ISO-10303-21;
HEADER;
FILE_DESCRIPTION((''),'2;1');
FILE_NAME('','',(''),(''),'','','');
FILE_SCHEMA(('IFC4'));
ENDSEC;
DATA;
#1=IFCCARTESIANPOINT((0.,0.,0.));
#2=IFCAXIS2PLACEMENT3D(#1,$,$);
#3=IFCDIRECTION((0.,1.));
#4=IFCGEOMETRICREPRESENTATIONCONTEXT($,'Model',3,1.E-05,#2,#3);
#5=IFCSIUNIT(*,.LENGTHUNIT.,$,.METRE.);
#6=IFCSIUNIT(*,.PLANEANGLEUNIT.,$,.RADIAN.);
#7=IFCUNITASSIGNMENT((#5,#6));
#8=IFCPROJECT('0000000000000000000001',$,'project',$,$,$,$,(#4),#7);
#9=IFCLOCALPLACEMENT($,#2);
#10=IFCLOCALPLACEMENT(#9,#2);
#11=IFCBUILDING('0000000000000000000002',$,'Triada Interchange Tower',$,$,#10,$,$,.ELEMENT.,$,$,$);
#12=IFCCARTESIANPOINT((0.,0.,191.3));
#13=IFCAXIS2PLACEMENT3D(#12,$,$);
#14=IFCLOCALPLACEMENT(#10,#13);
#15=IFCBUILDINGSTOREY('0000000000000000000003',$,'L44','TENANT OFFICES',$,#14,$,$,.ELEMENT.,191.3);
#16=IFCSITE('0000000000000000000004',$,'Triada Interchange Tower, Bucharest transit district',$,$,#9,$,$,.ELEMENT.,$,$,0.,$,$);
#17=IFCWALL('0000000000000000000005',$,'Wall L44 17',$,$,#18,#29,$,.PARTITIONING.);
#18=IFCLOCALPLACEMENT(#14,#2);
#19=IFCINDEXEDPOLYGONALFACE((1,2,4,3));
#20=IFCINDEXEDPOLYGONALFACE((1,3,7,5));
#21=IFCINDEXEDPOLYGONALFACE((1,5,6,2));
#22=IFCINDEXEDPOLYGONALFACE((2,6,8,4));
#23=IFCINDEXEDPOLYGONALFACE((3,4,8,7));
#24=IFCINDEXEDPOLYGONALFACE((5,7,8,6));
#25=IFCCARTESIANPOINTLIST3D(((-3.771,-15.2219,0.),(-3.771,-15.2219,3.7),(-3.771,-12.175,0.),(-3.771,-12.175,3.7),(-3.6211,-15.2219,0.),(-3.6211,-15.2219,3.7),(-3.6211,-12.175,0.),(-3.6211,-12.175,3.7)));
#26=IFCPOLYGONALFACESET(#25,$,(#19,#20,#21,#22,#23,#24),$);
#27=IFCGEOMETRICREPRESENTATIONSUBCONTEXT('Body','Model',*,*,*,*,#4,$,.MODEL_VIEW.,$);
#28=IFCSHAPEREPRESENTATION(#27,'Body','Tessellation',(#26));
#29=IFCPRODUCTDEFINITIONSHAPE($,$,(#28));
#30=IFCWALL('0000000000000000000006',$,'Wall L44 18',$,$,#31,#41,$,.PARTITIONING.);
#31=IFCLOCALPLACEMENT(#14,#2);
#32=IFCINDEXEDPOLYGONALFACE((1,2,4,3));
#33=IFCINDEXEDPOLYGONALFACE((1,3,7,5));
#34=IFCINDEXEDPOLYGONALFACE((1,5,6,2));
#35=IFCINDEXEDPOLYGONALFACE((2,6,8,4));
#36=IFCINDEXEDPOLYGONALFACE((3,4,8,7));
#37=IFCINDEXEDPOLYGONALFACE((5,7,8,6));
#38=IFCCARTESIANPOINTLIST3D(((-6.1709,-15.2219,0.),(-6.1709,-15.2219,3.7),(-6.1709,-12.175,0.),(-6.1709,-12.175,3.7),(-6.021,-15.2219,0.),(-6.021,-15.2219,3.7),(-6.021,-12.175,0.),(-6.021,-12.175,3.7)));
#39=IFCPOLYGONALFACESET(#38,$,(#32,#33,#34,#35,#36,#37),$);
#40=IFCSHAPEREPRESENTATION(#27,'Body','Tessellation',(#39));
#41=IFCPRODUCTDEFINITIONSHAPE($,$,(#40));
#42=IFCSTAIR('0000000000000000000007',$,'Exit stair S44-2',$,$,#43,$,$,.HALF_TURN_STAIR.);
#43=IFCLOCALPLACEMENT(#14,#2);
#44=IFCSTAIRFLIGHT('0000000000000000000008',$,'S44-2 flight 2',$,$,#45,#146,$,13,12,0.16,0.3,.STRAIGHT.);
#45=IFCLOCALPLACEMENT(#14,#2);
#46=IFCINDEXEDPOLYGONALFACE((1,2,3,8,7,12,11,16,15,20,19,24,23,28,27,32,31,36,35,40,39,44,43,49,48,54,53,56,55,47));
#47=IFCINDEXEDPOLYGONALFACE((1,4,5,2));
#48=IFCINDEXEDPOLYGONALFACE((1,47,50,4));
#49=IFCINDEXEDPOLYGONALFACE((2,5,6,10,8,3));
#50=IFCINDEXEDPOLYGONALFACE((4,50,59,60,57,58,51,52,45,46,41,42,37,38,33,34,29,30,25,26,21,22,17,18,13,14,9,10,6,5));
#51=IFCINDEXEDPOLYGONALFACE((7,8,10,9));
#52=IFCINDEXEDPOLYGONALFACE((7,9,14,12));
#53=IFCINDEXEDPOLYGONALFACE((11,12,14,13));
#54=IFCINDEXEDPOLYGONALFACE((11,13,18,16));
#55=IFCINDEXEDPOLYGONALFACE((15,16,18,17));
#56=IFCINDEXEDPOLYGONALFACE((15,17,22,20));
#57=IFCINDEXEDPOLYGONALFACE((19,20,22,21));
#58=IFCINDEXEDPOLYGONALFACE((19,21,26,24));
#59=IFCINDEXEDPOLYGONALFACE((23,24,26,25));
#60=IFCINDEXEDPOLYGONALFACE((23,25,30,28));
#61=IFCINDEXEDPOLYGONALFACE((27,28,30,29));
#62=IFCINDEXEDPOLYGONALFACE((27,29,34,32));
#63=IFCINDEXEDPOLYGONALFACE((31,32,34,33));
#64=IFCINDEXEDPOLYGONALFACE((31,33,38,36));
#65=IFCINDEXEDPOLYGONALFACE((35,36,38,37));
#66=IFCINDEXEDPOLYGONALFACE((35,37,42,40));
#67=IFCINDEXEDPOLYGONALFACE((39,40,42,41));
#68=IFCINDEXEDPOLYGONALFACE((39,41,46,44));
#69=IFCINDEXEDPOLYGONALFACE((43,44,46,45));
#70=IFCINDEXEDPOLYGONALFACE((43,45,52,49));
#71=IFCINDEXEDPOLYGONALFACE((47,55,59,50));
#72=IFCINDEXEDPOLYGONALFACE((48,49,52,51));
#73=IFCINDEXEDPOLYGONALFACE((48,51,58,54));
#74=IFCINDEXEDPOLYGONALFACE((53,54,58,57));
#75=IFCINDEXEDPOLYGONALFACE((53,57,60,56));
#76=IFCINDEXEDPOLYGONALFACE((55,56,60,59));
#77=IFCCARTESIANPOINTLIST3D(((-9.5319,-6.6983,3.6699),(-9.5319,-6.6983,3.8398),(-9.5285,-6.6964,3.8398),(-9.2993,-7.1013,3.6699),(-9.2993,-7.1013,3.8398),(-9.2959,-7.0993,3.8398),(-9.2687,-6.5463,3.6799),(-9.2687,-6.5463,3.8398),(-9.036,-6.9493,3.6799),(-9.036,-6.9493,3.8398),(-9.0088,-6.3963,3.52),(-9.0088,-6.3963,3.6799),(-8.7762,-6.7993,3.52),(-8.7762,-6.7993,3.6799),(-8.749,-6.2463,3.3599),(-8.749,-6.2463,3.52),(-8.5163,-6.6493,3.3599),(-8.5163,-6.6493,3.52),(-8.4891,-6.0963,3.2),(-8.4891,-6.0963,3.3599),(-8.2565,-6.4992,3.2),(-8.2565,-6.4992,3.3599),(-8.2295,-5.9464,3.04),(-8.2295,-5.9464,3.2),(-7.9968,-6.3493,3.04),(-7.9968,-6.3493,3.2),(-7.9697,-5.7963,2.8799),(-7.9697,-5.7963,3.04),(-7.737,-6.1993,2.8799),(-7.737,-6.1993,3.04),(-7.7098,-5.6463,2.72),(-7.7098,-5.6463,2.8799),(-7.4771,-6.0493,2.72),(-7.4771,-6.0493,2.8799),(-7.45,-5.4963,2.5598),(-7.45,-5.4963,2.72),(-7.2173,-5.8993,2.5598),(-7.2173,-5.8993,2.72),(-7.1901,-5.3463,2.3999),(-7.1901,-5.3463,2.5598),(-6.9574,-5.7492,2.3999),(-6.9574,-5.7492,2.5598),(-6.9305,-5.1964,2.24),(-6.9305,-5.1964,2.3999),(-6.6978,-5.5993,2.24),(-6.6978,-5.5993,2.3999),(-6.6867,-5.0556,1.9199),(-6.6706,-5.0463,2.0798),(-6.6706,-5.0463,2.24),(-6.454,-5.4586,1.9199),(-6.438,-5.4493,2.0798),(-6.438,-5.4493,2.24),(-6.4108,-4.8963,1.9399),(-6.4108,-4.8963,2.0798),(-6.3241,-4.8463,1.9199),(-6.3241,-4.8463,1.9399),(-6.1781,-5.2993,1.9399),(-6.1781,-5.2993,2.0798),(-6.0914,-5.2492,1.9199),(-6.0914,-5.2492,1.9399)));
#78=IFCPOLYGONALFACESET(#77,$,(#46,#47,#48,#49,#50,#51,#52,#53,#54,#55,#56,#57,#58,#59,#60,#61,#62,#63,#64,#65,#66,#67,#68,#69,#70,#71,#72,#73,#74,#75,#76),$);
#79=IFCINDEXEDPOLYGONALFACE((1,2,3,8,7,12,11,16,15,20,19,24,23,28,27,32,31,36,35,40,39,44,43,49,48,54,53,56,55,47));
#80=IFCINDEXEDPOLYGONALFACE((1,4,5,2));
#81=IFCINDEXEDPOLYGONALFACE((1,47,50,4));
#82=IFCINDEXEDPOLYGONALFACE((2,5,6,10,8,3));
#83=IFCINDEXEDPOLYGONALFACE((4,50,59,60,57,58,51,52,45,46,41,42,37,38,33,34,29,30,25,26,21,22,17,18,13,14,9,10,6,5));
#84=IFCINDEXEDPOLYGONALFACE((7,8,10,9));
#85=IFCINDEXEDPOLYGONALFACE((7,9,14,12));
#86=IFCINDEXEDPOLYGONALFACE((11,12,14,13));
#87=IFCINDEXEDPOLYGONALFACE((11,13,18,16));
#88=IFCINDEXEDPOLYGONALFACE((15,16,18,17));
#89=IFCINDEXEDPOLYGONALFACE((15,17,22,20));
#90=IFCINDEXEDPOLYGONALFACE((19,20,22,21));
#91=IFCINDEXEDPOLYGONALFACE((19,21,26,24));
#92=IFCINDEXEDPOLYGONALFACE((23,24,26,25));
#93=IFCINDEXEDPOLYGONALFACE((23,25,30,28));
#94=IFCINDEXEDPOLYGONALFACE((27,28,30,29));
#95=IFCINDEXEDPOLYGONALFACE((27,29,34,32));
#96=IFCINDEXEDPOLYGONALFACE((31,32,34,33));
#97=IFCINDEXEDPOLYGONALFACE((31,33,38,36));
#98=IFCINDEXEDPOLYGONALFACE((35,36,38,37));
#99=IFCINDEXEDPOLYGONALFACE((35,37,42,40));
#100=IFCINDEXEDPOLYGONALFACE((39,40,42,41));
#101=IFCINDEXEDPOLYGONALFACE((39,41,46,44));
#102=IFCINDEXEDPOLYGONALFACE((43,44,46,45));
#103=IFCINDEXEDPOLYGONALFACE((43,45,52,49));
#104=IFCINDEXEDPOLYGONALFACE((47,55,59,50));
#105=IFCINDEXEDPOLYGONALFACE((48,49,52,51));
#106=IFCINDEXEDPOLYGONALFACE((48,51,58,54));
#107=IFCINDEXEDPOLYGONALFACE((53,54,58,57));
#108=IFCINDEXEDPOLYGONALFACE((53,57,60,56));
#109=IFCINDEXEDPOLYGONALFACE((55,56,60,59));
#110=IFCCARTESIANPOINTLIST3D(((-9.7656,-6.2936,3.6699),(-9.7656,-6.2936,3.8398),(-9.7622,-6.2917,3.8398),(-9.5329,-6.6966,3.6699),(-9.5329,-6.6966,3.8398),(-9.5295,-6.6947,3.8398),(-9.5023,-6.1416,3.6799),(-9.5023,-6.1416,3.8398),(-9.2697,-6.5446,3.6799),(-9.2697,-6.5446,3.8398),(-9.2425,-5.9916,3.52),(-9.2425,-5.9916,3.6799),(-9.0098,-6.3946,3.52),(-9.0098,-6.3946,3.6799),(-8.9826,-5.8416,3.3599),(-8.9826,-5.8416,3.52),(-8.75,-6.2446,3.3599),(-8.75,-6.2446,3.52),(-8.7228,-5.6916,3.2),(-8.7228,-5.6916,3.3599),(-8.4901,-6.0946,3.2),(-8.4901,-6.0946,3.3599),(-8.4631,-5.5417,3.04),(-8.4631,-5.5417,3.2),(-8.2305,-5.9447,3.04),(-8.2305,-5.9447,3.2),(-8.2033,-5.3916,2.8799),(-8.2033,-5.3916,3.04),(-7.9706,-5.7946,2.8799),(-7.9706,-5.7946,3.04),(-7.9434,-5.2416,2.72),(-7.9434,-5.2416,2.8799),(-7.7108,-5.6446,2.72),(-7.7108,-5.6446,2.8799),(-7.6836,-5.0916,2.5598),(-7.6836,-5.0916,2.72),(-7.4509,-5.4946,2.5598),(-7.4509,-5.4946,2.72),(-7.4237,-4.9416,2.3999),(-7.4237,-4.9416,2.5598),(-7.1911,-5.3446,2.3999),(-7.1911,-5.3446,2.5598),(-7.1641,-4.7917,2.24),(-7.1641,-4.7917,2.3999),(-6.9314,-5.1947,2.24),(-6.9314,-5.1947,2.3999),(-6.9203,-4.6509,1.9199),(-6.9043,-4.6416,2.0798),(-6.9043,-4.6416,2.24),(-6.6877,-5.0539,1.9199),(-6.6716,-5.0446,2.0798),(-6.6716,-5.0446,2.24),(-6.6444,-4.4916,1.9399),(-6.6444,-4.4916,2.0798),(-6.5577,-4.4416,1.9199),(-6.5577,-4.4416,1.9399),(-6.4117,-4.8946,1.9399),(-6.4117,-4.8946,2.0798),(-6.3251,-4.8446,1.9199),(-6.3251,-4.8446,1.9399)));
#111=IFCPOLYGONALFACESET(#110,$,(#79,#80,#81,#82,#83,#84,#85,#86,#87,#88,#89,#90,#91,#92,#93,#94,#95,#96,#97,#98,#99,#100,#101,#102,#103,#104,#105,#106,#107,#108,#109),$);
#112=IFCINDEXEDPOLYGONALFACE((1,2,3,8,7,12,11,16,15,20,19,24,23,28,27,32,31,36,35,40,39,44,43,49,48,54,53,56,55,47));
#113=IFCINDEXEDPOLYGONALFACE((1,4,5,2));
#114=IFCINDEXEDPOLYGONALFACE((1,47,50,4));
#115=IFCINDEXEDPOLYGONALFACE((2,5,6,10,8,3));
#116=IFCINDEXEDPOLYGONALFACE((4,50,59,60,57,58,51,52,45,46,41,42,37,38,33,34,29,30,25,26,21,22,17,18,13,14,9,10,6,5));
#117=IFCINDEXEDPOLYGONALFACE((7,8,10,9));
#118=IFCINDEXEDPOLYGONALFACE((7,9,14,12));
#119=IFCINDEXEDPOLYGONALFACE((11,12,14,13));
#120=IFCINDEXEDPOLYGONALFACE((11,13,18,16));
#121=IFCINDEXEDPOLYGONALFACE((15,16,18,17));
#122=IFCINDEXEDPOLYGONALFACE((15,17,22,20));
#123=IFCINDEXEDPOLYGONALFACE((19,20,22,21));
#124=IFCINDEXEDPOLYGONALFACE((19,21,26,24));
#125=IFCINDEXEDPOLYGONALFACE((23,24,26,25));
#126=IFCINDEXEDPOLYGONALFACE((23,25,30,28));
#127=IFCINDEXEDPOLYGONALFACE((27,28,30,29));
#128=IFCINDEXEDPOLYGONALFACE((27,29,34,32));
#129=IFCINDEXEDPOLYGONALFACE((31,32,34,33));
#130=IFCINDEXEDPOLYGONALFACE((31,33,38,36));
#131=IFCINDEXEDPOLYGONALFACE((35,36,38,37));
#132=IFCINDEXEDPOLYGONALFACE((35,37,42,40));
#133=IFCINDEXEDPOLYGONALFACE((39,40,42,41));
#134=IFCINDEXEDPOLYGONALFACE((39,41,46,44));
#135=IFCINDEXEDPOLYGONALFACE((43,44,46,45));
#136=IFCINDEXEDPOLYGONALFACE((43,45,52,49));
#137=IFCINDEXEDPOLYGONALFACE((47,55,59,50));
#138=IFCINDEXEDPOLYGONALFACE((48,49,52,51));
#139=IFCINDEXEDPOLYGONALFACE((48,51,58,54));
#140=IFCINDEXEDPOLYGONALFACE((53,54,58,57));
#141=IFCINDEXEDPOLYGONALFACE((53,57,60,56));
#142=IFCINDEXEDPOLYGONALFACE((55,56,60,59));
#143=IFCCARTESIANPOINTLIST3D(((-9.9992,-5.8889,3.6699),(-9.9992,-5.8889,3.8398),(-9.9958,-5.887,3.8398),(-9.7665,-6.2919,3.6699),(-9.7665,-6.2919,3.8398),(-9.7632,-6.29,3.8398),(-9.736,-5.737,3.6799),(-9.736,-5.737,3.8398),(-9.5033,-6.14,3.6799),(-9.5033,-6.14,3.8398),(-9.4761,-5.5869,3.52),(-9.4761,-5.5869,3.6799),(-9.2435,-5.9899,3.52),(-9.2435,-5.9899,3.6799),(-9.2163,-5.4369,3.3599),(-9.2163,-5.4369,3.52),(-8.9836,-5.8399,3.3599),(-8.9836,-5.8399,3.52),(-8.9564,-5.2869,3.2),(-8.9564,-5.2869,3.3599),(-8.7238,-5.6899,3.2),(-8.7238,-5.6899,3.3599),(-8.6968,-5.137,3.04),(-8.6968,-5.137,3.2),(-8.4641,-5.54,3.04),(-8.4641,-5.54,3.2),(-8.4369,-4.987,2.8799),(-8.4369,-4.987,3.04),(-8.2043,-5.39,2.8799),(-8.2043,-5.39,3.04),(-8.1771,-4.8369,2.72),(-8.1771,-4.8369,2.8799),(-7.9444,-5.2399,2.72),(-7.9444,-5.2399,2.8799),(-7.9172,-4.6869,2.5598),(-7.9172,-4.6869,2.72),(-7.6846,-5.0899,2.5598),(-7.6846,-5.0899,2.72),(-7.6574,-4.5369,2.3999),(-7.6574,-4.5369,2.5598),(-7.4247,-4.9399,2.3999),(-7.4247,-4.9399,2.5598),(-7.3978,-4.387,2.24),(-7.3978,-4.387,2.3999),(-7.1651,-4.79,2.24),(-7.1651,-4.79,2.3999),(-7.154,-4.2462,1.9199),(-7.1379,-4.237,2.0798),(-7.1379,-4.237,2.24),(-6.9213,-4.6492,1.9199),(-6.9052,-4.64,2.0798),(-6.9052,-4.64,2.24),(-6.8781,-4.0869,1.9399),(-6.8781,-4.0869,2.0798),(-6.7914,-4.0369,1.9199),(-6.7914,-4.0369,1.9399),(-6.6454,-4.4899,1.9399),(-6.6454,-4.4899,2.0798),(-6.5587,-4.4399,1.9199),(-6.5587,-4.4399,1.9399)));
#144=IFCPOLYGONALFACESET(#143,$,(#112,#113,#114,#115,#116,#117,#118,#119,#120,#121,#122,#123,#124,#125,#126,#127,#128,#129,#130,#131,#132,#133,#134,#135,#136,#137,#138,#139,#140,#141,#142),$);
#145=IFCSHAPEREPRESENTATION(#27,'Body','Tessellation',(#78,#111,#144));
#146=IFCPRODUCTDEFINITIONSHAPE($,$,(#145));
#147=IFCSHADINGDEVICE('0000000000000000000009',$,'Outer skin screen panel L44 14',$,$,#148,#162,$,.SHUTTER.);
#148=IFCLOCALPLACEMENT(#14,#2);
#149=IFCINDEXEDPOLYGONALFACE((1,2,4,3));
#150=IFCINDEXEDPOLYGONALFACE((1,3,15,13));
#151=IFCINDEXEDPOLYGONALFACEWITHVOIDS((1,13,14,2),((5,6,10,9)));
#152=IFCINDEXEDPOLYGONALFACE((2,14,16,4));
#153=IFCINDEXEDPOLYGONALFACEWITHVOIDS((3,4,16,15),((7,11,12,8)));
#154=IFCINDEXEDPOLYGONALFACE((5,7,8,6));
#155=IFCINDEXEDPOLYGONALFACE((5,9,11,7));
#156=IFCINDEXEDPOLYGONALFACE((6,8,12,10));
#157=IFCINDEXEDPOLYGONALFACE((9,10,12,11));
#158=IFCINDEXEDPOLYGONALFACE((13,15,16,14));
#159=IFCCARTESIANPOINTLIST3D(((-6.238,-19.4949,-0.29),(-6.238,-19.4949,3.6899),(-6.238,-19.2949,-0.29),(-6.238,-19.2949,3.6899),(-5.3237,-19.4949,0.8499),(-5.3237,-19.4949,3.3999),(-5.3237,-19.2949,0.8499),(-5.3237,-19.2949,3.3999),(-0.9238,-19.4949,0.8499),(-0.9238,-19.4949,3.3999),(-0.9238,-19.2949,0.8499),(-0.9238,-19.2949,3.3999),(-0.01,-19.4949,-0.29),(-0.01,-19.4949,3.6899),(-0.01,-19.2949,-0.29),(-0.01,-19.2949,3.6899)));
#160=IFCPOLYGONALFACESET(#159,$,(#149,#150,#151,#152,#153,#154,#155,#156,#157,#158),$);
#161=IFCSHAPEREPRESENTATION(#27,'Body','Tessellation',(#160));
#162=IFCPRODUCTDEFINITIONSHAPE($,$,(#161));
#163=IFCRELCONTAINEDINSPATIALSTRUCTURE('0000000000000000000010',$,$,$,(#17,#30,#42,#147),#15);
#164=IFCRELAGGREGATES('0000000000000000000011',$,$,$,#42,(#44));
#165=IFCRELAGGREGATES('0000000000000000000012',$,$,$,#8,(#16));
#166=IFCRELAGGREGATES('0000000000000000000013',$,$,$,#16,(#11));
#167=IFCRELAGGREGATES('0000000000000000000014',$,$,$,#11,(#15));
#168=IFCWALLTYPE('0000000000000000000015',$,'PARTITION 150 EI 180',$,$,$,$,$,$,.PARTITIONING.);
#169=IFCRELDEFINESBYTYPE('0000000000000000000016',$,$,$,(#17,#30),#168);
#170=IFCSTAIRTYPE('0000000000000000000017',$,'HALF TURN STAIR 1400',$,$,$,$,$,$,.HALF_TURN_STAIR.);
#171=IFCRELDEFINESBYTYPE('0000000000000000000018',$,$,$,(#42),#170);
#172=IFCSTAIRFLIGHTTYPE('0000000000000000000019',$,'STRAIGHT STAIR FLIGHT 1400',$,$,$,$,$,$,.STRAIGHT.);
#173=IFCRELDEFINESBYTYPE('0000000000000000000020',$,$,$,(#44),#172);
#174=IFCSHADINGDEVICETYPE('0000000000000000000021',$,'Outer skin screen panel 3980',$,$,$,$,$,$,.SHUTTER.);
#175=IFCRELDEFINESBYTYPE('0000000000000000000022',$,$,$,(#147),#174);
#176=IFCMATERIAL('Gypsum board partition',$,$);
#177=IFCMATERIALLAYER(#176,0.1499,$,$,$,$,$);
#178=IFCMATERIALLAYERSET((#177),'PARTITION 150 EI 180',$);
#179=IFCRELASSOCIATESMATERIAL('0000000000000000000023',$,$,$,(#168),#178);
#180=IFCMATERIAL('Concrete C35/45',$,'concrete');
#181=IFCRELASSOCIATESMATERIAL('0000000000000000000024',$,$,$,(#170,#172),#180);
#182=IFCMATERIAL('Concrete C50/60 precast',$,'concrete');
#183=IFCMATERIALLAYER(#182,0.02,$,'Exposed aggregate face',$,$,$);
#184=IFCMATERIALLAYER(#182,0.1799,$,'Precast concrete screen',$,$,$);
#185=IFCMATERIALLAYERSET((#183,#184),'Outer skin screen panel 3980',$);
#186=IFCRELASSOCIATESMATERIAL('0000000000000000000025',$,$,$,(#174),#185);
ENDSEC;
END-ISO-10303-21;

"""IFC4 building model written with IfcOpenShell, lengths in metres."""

from ifc_helpers import new_model, si_unit, direction, frame, frame_2d, origin, place, context, subcontext, project, spatial, polyline, rectangle, outline, extrude, material, layer, layer_set, type_object, element, aggregate, save


model = new_model("IFC4")

# Units and contexts
model_context = context("Model", 3, precision=1e-05, world=origin(), true_north=direction((0.0, 1.0)))
body_context = subcontext(model_context, "Body", "Model", "MODEL_VIEW")
ifc_project = project(units=[si_unit("LENGTHUNIT", "METRE"), si_unit("PLANEANGLEUNIT", "RADIAN")], contexts=[model_context])

# Site, building, storey
site_placement = place(None, origin())
site = spatial("IfcSite", under=ifc_project, at=site_placement, Name="Triada Interchange Tower, Bucharest transit district", CompositionType="ELEMENT", RefElevation=0.0)
building_placement = place(site_placement, origin())
building = spatial("IfcBuilding", under=site, at=building_placement, Name="Triada Interchange Tower", CompositionType="ELEMENT")
storey_placement = place(building_placement, frame((0.0, 0.0, 191.3)))
storey = spatial("IfcBuildingStorey", under=building, at=storey_placement, Name="L44", Description="TENANT OFFICES", CompositionType="ELEMENT", Elevation=191.3)

# Walls
ifc_material_1 = material(Name="Gypsum board partition")
ifc_layer_1 = layer(ifc_material_1, 0.1499)
ifc_layer_set_1 = layer_set([ifc_layer_1], Name="PARTITION 150 EI 180")
wall_type_1 = type_object("IfcWallType", Name="PARTITION 150 EI 180", PredefinedType="PARTITIONING", material=ifc_layer_set_1)
for number, where, z_axis, x_axis, name in (
    (1, (-3.696, -15.2219, 0.0), (0.0, 0.0, 1.0), (0.0, 1.0, 0.0), "Wall L44 17"),
    (2, (-6.0959, -15.2219, 0.0), (0.0, 0.0, 1.0), (0.0, 1.0, 0.0), "Wall L44 18"),
):
    element("IfcWall", number, at=place(storey_placement, frame(where, z_axis=z_axis, x_axis=x_axis)), inside=storey, type_object=wall_type_1, Name=name, PredefinedType="PARTITIONING", context=body_context, shape_type="SweptSolid", body=[
        extrude(rectangle(XDim=3.0469, YDim=0.1499, at=frame_2d((1.5234, 0.0))), origin(), (0.0, 0.0, 1.0), 3.7),
    ])

# Stair, stair flight
ifc_material_2 = material(Name="Concrete C35/45", Category="concrete")
stair_type = type_object("IfcStairType", Name="HALF TURN STAIR 1400", PredefinedType="HALF_TURN_STAIR", material=ifc_material_2)
stair_placement = place(storey_placement, origin())
stair = element("IfcStair", 3, at=stair_placement, inside=storey, type_object=stair_type, Name="Exit stair S44-2", PredefinedType="HALF_TURN_STAIR")
stair_flight_type = type_object("IfcStairFlightType", Name="STRAIGHT STAIR FLIGHT 1400", PredefinedType="STRAIGHT", material=ifc_material_2)
stair_flight_placement = place(storey_placement, frame((-6.5281, -4.6931, 1.9199), z_axis=(0.0, 0.0, 1.0), x_axis=(-0.866025, -0.5, 0.0)))
stair_flight = element("IfcStairFlight", 4, at=stair_flight_placement, type_object=stair_flight_type, Name="S44-2 flight 2", NumberOfRisers=13, NumberOfTreads=12, PredefinedType="STRAIGHT", RiserHeight=0.16, TreadLength=0.3, context=body_context, shape_type="SweptSolid", body=[
    extrude(outline(polyline([(-0.1001, 0.0), (-0.1001, 0.02), (0.0, 0.02), (0.0, 0.1599), (0.3, 0.1599), (0.3, 0.3201), (0.6001, 0.3201), (0.6001, 0.48), (0.8999, 0.48), (0.8999, 0.6399), (1.2, 0.6399), (1.2, 0.8), (1.5, 0.8), (1.5, 0.96), (1.8, 0.96), (1.8, 1.1201), (2.1001, 1.1201), (2.1001, 1.28), (2.3999, 1.28), (2.3999, 1.4399), (2.7, 1.4399), (2.7, 1.6001), (3.0, 1.6001), (3.0, 1.76), (3.3, 1.76), (3.3, 1.9199), (3.6001, 1.9199), (3.604, 1.9199), (3.604, 2.0801), (3.604, 1.75), (0.3186, 0.0), (-0.1001, 0.0)])), frame((0.0, 0.7, 0.0), z_axis=(0.0, -1.0, 0.0), x_axis=(1.0, 0.0, 0.0)), (0.0, 0.0, 1.0), 0.4653),
    extrude(outline(polyline([(-0.1001, 0.0), (-0.1001, 0.02), (0.0, 0.02), (0.0, 0.1599), (0.3, 0.1599), (0.3, 0.3201), (0.6001, 0.3201), (0.6001, 0.48), (0.8999, 0.48), (0.8999, 0.6399), (1.2, 0.6399), (1.2, 0.8), (1.5, 0.8), (1.5, 0.96), (1.8, 0.96), (1.8, 1.1201), (2.1001, 1.1201), (2.1001, 1.28), (2.3999, 1.28), (2.3999, 1.4399), (2.7, 1.4399), (2.7, 1.6001), (3.0, 1.6001), (3.0, 1.76), (3.3, 1.76), (3.3, 1.9199), (3.6001, 1.9199), (3.604, 1.9199), (3.604, 2.0801), (3.604, 1.75), (0.3186, 0.0), (-0.1001, 0.0)])), frame((0.0, 0.2327, 0.0), z_axis=(0.0, -1.0, 0.0), x_axis=(1.0, 0.0, 0.0)), (0.0, 0.0, 1.0), 0.4653),
    extrude(outline(polyline([(-0.1001, 0.0), (-0.1001, 0.02), (0.0, 0.02), (0.0, 0.1599), (0.3, 0.1599), (0.3, 0.3201), (0.6001, 0.3201), (0.6001, 0.48), (0.8999, 0.48), (0.8999, 0.6399), (1.2, 0.6399), (1.2, 0.8), (1.5, 0.8), (1.5, 0.96), (1.8, 0.96), (1.8, 1.1201), (2.1001, 1.1201), (2.1001, 1.28), (2.3999, 1.28), (2.3999, 1.4399), (2.7, 1.4399), (2.7, 1.6001), (3.0, 1.6001), (3.0, 1.76), (3.3, 1.76), (3.3, 1.9199), (3.6001, 1.9199), (3.604, 1.9199), (3.604, 2.0801), (3.604, 1.75), (0.3186, 0.0), (-0.1001, 0.0)])), frame((0.0, -0.2346, 0.0), z_axis=(0.0, -1.0, 0.0), x_axis=(1.0, 0.0, 0.0)), (0.0, 0.0, 1.0), 0.4653),
])

# Shading device
ifc_material_3 = material(Name="Concrete C50/60 precast", Category="concrete")
ifc_layer_2 = layer(ifc_material_3, 0.02, Name="Exposed aggregate face")
ifc_layer_3 = layer(ifc_material_3, 0.1799, Name="Precast concrete screen")
ifc_layer_set_2 = layer_set([ifc_layer_2, ifc_layer_3], Name="Outer skin screen panel 3980")
shading_device_type = type_object("IfcShadingDeviceType", Name="Outer skin screen panel 3980", PredefinedType="SHUTTER", material=ifc_layer_set_2)
shading_device_placement = place(storey_placement, frame((-6.238, -19.2949, -0.29), z_axis=(0.0, 0.0, 1.0), x_axis=(1.0, 0.0, 0.0)))
element("IfcShadingDevice", 5, at=shading_device_placement, inside=storey, type_object=shading_device_type, Name="Outer skin screen panel L44 14", PredefinedType="SHUTTER", context=body_context, shape_type="SweptSolid", body=[
    extrude(outline(polyline([(0.0, 0.0), (6.228, 0.0), (6.228, 3.98), (0.0, 3.98), (0.0, 0.0)]), holes=[polyline([(0.9143, 1.1399), (0.9143, 3.6899), (5.3142, 3.6899), (5.3142, 1.1399), (0.9143, 1.1399)])]), frame((0.0, 0.0, 0.0), z_axis=(0.0, -1.0, 0.0), x_axis=(1.0, 0.0, 0.0)), (0.0, 0.0, 1.0), 0.2),
])

aggregate(stair, [stair_flight])

save(model, "model.ifc")
